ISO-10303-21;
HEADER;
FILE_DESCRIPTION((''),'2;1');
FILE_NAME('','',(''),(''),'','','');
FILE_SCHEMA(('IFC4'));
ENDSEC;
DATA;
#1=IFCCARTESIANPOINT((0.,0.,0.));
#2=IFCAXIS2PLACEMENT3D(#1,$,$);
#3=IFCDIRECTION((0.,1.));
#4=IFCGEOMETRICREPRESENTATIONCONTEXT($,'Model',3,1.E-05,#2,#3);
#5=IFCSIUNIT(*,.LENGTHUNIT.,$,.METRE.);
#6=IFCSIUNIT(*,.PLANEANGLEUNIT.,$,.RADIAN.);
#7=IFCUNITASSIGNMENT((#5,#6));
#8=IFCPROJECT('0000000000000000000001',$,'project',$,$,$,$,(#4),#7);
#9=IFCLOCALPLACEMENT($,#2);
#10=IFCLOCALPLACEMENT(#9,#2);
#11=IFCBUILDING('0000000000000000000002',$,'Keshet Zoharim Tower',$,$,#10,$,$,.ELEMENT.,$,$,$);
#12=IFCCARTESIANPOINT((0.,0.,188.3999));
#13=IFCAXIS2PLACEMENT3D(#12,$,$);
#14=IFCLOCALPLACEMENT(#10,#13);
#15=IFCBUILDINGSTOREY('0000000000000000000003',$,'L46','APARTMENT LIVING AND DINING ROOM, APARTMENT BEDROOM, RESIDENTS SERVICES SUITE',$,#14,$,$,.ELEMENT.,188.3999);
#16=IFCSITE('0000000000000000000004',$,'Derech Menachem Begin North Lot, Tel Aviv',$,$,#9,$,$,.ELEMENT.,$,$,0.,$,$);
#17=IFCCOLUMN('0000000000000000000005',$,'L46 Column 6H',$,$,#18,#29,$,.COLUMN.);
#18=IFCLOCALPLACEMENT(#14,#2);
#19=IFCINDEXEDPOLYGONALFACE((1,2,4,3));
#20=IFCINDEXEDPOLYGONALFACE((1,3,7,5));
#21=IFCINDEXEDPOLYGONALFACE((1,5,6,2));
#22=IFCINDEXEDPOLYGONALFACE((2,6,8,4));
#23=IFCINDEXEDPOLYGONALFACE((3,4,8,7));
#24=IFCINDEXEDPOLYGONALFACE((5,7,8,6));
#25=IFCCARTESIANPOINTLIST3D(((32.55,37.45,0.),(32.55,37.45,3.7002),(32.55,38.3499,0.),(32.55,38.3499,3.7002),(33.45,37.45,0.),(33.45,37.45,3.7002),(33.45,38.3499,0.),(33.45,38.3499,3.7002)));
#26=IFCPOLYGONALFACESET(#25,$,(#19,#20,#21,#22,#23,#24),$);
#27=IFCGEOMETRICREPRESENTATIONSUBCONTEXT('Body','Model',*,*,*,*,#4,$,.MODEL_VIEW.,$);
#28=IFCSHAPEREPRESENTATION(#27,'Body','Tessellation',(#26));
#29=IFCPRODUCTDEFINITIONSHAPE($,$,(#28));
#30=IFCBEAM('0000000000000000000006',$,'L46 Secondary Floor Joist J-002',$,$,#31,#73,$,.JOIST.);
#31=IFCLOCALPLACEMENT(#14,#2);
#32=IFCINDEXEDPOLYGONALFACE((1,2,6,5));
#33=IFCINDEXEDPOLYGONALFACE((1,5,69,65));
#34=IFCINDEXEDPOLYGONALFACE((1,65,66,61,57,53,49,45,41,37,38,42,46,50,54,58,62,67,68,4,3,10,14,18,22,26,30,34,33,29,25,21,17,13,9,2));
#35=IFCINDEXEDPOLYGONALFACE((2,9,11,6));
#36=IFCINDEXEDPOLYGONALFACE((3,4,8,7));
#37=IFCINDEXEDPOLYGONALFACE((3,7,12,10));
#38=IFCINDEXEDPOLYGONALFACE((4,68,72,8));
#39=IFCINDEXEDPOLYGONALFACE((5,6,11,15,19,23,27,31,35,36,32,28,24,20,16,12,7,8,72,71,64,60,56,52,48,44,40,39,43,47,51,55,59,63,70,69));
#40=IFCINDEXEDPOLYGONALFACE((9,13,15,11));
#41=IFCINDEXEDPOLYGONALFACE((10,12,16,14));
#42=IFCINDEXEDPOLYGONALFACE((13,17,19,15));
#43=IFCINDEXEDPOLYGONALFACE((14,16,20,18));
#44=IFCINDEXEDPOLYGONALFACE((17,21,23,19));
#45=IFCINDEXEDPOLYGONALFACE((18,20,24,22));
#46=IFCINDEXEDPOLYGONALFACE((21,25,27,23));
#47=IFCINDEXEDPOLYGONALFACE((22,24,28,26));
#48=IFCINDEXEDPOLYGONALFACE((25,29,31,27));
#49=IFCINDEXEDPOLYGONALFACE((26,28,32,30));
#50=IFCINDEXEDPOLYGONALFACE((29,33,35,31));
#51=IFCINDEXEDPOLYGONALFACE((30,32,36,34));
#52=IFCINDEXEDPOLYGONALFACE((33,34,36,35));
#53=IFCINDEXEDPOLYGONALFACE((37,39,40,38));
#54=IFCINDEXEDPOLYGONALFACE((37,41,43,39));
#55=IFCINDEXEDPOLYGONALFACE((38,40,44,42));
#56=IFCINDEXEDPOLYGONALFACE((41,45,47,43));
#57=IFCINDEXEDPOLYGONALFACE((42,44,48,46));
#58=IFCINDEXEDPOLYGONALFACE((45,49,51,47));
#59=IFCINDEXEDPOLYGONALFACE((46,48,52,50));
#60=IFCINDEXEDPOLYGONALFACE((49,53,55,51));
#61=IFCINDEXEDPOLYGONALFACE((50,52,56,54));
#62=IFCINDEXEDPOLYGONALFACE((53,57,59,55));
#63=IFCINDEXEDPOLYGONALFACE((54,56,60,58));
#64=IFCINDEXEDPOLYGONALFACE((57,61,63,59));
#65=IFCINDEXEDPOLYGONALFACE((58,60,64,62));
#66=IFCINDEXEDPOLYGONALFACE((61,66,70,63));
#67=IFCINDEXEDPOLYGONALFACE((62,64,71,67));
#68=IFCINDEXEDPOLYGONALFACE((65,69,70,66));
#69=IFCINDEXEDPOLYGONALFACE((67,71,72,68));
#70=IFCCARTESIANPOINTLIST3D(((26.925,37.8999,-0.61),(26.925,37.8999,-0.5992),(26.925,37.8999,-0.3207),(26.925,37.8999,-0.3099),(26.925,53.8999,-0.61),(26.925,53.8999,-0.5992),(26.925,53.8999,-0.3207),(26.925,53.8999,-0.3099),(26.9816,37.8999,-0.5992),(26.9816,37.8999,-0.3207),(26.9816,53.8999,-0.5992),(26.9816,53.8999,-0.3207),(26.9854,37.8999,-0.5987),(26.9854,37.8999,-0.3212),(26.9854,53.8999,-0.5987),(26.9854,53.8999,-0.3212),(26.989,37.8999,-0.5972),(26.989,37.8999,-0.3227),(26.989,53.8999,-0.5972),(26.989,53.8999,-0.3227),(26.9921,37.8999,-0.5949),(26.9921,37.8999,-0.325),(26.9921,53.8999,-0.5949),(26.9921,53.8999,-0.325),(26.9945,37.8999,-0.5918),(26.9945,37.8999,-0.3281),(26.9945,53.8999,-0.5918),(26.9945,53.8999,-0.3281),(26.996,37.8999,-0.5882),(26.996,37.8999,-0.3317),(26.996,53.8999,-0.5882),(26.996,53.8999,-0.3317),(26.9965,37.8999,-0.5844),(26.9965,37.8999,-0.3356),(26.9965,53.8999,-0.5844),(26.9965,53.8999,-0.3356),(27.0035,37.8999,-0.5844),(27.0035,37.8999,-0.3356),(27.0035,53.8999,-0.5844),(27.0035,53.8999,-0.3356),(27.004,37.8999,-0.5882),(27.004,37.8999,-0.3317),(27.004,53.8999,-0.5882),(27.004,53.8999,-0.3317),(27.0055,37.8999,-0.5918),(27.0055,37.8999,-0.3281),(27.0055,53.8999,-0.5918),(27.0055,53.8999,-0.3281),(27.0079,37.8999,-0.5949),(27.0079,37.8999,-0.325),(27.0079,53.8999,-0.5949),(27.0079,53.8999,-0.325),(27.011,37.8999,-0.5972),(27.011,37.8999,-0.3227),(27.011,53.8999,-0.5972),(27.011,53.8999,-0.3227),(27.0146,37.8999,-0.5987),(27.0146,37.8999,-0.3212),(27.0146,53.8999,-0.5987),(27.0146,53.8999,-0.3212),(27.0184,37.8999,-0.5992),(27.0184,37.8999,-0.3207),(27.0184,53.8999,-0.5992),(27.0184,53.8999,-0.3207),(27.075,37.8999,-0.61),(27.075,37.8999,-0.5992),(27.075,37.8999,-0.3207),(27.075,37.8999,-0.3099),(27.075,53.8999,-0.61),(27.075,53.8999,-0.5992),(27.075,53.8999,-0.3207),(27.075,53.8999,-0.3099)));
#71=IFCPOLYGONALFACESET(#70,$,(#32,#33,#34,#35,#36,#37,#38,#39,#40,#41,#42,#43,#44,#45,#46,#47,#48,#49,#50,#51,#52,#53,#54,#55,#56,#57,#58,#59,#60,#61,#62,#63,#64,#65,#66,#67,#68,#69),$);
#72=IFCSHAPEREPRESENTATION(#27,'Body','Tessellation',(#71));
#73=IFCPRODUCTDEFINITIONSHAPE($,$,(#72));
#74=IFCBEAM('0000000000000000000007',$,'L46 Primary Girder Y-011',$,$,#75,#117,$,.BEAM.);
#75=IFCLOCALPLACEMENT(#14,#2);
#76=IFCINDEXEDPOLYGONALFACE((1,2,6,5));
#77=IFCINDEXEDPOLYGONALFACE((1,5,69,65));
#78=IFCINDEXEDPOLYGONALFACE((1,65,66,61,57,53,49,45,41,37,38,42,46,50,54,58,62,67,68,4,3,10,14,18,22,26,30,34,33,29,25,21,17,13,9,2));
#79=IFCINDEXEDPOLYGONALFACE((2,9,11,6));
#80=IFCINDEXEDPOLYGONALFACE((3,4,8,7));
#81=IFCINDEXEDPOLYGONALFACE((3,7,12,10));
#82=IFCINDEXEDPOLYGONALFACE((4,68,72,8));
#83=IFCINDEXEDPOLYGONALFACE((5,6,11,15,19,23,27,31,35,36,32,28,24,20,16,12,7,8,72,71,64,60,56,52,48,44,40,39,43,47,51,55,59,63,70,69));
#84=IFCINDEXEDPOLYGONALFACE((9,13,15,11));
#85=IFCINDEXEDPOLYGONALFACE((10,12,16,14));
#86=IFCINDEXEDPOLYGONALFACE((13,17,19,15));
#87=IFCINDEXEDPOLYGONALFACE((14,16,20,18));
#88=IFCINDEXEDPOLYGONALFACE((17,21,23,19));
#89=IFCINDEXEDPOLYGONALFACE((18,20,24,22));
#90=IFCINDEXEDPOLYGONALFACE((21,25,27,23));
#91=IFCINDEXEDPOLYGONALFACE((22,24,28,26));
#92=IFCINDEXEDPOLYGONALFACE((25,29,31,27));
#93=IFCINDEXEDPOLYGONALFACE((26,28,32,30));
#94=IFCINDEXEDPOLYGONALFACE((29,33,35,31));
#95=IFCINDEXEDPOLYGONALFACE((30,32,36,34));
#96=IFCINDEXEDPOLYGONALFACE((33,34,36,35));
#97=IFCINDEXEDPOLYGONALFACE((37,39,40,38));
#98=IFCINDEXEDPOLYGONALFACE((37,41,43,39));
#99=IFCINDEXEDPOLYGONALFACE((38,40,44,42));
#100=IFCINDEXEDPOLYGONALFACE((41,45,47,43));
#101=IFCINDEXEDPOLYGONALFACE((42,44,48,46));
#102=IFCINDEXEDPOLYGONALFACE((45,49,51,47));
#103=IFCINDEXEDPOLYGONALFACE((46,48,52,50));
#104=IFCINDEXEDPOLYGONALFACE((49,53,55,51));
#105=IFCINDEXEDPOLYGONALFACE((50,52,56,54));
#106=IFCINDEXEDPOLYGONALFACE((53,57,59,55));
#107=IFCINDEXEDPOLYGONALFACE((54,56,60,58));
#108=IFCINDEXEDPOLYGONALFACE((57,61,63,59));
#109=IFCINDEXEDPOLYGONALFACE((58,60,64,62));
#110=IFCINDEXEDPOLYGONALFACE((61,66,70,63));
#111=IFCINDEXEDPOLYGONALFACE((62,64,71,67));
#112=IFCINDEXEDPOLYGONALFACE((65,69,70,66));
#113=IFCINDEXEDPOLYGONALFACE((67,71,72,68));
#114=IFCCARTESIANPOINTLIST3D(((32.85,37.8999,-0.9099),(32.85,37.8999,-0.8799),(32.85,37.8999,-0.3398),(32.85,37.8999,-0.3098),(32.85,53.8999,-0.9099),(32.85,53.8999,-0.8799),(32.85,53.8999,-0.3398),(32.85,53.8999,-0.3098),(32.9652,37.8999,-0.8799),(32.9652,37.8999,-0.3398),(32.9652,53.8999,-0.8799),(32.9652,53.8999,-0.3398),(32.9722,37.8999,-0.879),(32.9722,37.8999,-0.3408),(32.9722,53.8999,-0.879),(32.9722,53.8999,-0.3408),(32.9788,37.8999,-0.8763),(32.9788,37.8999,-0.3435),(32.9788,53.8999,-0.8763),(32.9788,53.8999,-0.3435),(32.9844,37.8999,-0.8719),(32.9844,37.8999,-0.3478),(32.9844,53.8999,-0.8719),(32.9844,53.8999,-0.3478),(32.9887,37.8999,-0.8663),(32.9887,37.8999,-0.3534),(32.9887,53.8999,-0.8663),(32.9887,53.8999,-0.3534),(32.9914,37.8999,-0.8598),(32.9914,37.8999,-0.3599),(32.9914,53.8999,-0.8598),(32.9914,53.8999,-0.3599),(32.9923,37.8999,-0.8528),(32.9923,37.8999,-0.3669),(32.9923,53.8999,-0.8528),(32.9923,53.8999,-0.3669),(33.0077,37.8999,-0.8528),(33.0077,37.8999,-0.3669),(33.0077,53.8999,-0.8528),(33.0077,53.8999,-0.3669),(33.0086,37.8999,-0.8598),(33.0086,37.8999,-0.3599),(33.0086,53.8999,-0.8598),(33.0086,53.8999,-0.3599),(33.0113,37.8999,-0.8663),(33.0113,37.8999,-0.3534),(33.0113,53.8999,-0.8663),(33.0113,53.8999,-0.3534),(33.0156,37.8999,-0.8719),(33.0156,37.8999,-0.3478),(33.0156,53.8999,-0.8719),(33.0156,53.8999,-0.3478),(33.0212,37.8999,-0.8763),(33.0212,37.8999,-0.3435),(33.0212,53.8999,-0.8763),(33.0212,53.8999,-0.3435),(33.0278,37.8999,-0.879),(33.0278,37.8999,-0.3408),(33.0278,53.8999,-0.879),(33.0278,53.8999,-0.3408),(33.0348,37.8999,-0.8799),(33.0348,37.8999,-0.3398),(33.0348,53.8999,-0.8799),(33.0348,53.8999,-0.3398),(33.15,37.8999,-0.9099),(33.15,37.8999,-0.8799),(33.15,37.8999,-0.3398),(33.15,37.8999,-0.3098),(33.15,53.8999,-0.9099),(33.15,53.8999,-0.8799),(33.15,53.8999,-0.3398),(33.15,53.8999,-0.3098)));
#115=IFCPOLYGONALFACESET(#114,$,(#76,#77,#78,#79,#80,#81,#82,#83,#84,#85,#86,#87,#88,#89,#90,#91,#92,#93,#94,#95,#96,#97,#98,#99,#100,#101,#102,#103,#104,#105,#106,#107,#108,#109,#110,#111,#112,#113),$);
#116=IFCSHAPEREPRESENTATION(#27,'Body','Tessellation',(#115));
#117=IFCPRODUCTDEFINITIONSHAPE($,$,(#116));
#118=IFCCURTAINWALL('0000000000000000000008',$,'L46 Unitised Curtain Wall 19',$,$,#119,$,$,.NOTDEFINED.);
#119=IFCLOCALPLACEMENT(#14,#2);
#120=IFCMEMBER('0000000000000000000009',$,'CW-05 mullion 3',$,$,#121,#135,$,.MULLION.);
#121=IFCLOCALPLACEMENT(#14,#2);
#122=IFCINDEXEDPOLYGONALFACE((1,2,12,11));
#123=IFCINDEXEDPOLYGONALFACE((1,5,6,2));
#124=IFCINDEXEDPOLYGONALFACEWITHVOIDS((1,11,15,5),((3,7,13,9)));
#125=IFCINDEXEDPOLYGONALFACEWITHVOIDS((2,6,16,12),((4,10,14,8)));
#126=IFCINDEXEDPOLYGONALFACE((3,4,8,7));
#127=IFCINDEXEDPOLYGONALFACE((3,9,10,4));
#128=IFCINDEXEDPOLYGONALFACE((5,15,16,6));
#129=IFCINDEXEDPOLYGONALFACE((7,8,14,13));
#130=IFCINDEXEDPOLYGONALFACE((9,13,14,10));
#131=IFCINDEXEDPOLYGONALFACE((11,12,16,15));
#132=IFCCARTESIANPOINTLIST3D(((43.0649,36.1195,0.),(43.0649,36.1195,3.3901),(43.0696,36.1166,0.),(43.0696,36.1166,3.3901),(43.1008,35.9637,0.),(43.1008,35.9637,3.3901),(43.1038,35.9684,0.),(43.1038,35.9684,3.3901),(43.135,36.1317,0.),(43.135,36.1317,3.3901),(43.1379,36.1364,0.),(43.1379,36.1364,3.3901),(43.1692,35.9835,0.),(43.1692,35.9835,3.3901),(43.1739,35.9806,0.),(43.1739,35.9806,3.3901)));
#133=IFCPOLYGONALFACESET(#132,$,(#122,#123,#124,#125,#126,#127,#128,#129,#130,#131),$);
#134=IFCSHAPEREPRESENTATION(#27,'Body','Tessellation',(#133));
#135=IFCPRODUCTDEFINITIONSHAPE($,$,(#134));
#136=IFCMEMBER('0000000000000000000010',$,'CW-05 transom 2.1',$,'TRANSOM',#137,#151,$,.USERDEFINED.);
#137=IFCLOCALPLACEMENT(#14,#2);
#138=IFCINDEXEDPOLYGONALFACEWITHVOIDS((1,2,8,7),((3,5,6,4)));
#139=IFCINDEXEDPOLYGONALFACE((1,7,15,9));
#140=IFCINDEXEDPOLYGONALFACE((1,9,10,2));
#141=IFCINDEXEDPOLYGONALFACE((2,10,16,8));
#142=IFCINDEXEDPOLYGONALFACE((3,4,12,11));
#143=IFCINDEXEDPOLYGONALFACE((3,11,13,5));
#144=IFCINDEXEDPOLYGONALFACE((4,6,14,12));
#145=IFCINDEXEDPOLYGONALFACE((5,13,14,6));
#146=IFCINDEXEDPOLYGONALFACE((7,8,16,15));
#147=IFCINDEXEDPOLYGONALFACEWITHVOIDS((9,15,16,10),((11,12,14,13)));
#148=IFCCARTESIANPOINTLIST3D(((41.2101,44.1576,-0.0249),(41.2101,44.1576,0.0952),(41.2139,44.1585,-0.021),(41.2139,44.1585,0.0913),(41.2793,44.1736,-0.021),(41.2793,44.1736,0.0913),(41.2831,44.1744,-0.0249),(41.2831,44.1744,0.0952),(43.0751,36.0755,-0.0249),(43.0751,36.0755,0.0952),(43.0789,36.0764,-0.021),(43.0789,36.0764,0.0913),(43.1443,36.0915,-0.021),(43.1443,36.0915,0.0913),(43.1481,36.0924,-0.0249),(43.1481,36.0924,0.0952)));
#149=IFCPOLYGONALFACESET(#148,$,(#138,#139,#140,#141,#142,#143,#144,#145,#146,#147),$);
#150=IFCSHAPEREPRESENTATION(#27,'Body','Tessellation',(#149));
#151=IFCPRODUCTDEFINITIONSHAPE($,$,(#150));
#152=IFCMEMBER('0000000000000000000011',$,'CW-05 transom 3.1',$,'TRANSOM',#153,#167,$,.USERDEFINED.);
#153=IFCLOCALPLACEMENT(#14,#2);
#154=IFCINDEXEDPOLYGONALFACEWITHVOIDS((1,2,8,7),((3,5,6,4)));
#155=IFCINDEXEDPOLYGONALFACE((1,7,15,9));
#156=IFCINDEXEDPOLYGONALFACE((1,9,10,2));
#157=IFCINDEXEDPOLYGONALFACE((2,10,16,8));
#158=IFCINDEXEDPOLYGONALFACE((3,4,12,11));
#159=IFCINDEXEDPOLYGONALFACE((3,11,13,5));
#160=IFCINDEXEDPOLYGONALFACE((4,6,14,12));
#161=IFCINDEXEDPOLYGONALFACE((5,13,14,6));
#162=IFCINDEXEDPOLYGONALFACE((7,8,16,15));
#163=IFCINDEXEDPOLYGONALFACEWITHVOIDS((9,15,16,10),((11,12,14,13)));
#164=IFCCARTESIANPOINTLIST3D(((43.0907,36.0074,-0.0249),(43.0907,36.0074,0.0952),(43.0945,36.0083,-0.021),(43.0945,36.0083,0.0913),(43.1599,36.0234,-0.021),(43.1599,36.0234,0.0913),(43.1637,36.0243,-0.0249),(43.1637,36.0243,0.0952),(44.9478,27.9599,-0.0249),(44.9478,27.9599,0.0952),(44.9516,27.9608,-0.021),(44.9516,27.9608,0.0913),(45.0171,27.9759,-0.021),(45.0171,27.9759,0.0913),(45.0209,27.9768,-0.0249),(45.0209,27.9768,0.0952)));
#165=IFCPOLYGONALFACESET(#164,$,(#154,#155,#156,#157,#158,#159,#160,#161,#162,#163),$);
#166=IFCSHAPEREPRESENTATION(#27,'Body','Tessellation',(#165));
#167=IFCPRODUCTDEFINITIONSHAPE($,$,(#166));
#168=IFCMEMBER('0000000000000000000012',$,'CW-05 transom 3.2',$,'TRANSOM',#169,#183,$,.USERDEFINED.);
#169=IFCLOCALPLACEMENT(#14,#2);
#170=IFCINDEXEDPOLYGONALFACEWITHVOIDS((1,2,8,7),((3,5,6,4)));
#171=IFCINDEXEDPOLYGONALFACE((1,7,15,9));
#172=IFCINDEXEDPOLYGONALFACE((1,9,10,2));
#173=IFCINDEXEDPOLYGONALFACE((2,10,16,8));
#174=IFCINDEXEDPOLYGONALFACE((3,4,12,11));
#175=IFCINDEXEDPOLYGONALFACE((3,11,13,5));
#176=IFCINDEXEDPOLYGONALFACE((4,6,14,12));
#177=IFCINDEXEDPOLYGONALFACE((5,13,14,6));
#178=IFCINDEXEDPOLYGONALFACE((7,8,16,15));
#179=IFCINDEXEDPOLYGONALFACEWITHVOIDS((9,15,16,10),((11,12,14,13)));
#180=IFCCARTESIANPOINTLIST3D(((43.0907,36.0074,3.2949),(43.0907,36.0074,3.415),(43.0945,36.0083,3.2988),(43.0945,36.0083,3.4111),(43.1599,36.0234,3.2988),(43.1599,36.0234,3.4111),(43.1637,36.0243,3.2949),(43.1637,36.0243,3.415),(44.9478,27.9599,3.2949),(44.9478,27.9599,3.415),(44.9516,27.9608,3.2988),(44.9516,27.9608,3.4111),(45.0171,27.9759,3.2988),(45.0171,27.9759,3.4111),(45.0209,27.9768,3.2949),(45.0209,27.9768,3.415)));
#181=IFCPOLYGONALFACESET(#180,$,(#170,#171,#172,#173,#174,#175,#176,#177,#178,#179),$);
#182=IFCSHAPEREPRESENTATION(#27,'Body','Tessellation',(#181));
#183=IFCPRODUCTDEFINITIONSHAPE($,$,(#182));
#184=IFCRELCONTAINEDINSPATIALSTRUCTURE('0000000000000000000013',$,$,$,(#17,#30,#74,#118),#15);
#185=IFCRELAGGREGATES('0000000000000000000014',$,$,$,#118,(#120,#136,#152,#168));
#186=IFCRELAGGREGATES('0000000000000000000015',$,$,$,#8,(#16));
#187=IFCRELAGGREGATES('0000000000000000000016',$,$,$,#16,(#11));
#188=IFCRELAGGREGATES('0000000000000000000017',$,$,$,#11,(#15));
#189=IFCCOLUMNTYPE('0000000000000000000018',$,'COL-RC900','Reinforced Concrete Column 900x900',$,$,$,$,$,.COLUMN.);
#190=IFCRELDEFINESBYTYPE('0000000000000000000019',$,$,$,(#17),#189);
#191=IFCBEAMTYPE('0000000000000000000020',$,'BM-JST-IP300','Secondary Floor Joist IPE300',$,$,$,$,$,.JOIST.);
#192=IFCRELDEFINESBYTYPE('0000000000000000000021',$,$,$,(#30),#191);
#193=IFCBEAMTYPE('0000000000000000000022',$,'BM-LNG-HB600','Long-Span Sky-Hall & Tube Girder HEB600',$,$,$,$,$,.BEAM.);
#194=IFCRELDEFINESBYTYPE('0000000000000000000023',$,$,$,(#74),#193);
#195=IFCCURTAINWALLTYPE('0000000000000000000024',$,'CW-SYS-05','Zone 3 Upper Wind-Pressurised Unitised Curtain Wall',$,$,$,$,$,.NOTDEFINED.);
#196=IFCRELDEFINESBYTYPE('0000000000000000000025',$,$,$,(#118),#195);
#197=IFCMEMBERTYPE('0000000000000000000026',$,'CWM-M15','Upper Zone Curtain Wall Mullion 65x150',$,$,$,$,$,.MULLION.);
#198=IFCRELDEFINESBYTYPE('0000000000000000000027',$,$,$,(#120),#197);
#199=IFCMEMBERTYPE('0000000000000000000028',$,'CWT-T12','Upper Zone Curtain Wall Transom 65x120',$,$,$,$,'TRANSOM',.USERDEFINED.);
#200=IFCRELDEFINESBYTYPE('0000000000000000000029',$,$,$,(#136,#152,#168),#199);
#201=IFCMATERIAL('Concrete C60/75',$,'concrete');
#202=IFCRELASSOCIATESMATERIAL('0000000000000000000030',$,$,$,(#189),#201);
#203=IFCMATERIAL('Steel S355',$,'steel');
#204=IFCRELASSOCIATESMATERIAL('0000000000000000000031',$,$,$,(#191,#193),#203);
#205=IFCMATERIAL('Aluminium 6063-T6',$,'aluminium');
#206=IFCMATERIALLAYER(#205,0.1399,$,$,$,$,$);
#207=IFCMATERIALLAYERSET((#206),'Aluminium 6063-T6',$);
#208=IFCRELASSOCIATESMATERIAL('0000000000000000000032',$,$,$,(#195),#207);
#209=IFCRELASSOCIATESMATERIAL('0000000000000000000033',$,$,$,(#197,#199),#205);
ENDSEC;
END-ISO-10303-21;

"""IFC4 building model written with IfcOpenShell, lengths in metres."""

from ifc_helpers import new_model, si_unit, direction, frame, origin, origin_2d, place, context, subcontext, project, spatial, rectangle, hollow_rectangle, i_section, extrude, material, layer, layer_set, material_profile, profile_set, type_object, element, aggregate, save


model = new_model("IFC4")

# Units and contexts
model_context = context("Model", 3, precision=1e-05, world=origin(), true_north=direction((0.0, 1.0)))
body_context = subcontext(model_context, "Body", "Model", "MODEL_VIEW")
ifc_project = project(units=[si_unit("LENGTHUNIT", "METRE"), si_unit("PLANEANGLEUNIT", "RADIAN")], contexts=[model_context])

# Site, building, storey
site_placement = place(None, origin())
site = spatial("IfcSite", under=ifc_project, at=site_placement, Name="Derech Menachem Begin North Lot, Tel Aviv", CompositionType="ELEMENT", RefElevation=0.0)
building_placement = place(site_placement, origin())
building = spatial("IfcBuilding", under=site, at=building_placement, Name="Keshet Zoharim Tower", CompositionType="ELEMENT")
storey_placement = place(building_placement, frame((0.0, 0.0, 188.3999)))
storey = spatial("IfcBuildingStorey", under=building, at=storey_placement, Name="L46", Description="APARTMENT LIVING AND DINING ROOM, APARTMENT BEDROOM, RESIDENTS SERVICES SUITE", CompositionType="ELEMENT", Elevation=188.3999)

# Column
ifc_material_1 = material(Name="Concrete C60/75", Category="concrete")
ifc_material_profile_1 = material_profile(ifc_material_1, rectangle(XDim=0.8999, YDim=0.8999, at=origin_2d()), Name="RC900x900")
ifc_profile_set_1 = profile_set([ifc_material_profile_1], Name="Concrete C60/75")
column_type = type_object("IfcColumnType", Name="COL-RC900", Description="Reinforced Concrete Column 900x900", PredefinedType="COLUMN", material=ifc_profile_set_1)
column_placement = place(storey_placement, frame((33.0, 37.8999, 0.0), z_axis=(0.0, 0.0, 1.0), x_axis=(1.0, 0.0, 0.0)))
element("IfcColumn", 1, at=column_placement, inside=storey, type_object=column_type, Name="L46 Column 6H", PredefinedType="COLUMN", context=body_context, shape_type="SweptSolid", body=[
    extrude(rectangle(XDim=0.8999, YDim=0.8999, at=origin_2d()), origin(), (0.0, 0.0, 1.0), 3.7002),
])

# Beams
ifc_material_2 = material(Name="Steel S355", Category="steel")
ifc_material_profile_2 = material_profile(ifc_material_2, i_section(OverallWidth=0.1499, OverallDepth=0.3, WebThickness=0.0071, FlangeThickness=0.0107, FilletRadius=0.0149, at=origin_2d()), Name="IPE300")
ifc_profile_set_2 = profile_set([ifc_material_profile_2], Name="Steel S355")
beam_type_1 = type_object("IfcBeamType", Name="BM-JST-IP300", Description="Secondary Floor Joist IPE300", PredefinedType="JOIST", material=ifc_profile_set_2)
beam_1_placement = place(storey_placement, frame((27.0, 37.8999, -0.46), z_axis=(0.0, 1.0, 0.0), x_axis=(-1.0, 0.0, 0.0)))
element("IfcBeam", 2, at=beam_1_placement, inside=storey, type_object=beam_type_1, Name="L46 Secondary Floor Joist J-002", PredefinedType="JOIST", context=body_context, shape_type="SweptSolid", body=[
    extrude(i_section(OverallWidth=0.1499, OverallDepth=0.3, WebThickness=0.0071, FlangeThickness=0.0107, FilletRadius=0.0149, at=origin_2d()), origin(), (0.0, 0.0, 1.0), 16.0),
])
ifc_material_profile_3 = material_profile(ifc_material_2, i_section(OverallWidth=0.3, OverallDepth=0.6001, WebThickness=0.0154, FlangeThickness=0.03, FilletRadius=0.0271, at=origin_2d()), Name="HEB600")
ifc_profile_set_3 = profile_set([ifc_material_profile_3], Name="Steel S355")
beam_type_2 = type_object("IfcBeamType", Name="BM-LNG-HB600", Description="Long-Span Sky-Hall & Tube Girder HEB600", PredefinedType="BEAM", material=ifc_profile_set_3)
beam_2_placement = place(storey_placement, frame((33.0, 37.8999, -0.6099), z_axis=(0.0, 1.0, 0.0), x_axis=(-1.0, 0.0, 0.0)))
element("IfcBeam", 3, at=beam_2_placement, inside=storey, type_object=beam_type_2, Name="L46 Primary Girder Y-011", PredefinedType="BEAM", context=body_context, shape_type="SweptSolid", body=[
    extrude(i_section(OverallWidth=0.3, OverallDepth=0.6001, WebThickness=0.0154, FlangeThickness=0.03, FilletRadius=0.0271, at=origin_2d()), origin(), (0.0, 0.0, 1.0), 16.0),
])

# Curtain wall, members
ifc_material_3 = material(Name="Aluminium 6063-T6", Category="aluminium")
ifc_layer_1 = layer(ifc_material_3, 0.1399)
ifc_layer_set_1 = layer_set([ifc_layer_1], Name="Aluminium 6063-T6")
curtain_wall_type = type_object("IfcCurtainWallType", Name="CW-SYS-05", Description="Zone 3 Upper Wind-Pressurised Unitised Curtain Wall", PredefinedType="NOTDEFINED", material=ifc_layer_set_1)
curtain_wall_placement = place(storey_placement, origin())
curtain_wall = element("IfcCurtainWall", 4, at=curtain_wall_placement, inside=storey, type_object=curtain_wall_type, Name="L46 Unitised Curtain Wall 19", PredefinedType="NOTDEFINED")
ifc_material_profile_4 = material_profile(ifc_material_3, hollow_rectangle(XDim=0.075, YDim=0.1599, WallThickness=0.0039, at=origin_2d()), Name="MUL-75x160")
ifc_profile_set_4 = profile_set([ifc_material_profile_4], Name="Aluminium 6063-T6")
member_type_1 = type_object("IfcMemberType", Name="CWM-M15", Description="Upper Zone Curtain Wall Mullion 65x150", PredefinedType="MULLION", material=ifc_profile_set_4)
member_1_placement = place(storey_placement, frame((43.1194, 36.05, 0.0), z_axis=(0.0, 0.0, 1.0), x_axis=(0.974394, 0.224848, 0.0)))
member_1 = element("IfcMember", 5, at=member_1_placement, type_object=member_type_1, Name="CW-05 mullion 3", PredefinedType="MULLION", context=body_context, shape_type="SweptSolid", body=[
    extrude(hollow_rectangle(XDim=0.075, YDim=0.1599, WallThickness=0.0039, at=origin_2d()), origin(), (0.0, 0.0, 1.0), 3.3901),
])
ifc_material_profile_5 = material_profile(ifc_material_3, hollow_rectangle(XDim=0.075, YDim=0.1201, WallThickness=0.0039, at=origin_2d()), Name="TRN-75x120")
ifc_profile_set_5 = profile_set([ifc_material_profile_5], Name="Aluminium 6063-T6")
member_type_2 = type_object("IfcMemberType", Name="CWT-T12", Description="Upper Zone Curtain Wall Transom 65x120", ElementType="TRANSOM", PredefinedType="USERDEFINED", material=ifc_profile_set_5)
member_2_placement = place(storey_placement, frame((41.2466, 44.166, 0.0352), z_axis=(0.224849, -0.974394, 0.0), x_axis=(0.974394, 0.224849, 0.0)))
member_2 = element("IfcMember", 6, at=member_2_placement, type_object=member_type_2, Name="CW-05 transom 2.1", ObjectType="TRANSOM", PredefinedType="USERDEFINED", context=body_context, shape_type="SweptSolid", body=[
    extrude(hollow_rectangle(XDim=0.075, YDim=0.1201, WallThickness=0.0039, at=origin_2d()), origin(), (0.0, 0.0, 1.0), 8.2944),
])
member_3_placement = place(storey_placement, frame((43.1272, 36.0159, 0.0352), z_axis=(0.224864, -0.97439, 0.0), x_axis=(0.97439, 0.224864, 0.0)))
member_3 = element("IfcMember", 7, at=member_3_placement, type_object=member_type_2, Name="CW-05 transom 3.1", ObjectType="TRANSOM", PredefinedType="USERDEFINED", context=body_context, shape_type="SweptSolid", body=[
    extrude(hollow_rectangle(XDim=0.075, YDim=0.1201, WallThickness=0.0039, at=origin_2d()), origin(), (0.0, 0.0, 1.0), 8.259),
])
member_4_placement = place(storey_placement, frame((43.1272, 36.0159, 3.355), z_axis=(0.224864, -0.97439, 0.0), x_axis=(0.97439, 0.224864, 0.0)))
member_4 = element("IfcMember", 8, at=member_4_placement, type_object=member_type_2, Name="CW-05 transom 3.2", ObjectType="TRANSOM", PredefinedType="USERDEFINED", context=body_context, shape_type="SweptSolid", body=[
    extrude(hollow_rectangle(XDim=0.075, YDim=0.1201, WallThickness=0.0039, at=origin_2d()), origin(), (0.0, 0.0, 1.0), 8.259),
])
aggregate(curtain_wall, [member_1, member_2, member_3, member_4])

save(model, "model.ifc")
